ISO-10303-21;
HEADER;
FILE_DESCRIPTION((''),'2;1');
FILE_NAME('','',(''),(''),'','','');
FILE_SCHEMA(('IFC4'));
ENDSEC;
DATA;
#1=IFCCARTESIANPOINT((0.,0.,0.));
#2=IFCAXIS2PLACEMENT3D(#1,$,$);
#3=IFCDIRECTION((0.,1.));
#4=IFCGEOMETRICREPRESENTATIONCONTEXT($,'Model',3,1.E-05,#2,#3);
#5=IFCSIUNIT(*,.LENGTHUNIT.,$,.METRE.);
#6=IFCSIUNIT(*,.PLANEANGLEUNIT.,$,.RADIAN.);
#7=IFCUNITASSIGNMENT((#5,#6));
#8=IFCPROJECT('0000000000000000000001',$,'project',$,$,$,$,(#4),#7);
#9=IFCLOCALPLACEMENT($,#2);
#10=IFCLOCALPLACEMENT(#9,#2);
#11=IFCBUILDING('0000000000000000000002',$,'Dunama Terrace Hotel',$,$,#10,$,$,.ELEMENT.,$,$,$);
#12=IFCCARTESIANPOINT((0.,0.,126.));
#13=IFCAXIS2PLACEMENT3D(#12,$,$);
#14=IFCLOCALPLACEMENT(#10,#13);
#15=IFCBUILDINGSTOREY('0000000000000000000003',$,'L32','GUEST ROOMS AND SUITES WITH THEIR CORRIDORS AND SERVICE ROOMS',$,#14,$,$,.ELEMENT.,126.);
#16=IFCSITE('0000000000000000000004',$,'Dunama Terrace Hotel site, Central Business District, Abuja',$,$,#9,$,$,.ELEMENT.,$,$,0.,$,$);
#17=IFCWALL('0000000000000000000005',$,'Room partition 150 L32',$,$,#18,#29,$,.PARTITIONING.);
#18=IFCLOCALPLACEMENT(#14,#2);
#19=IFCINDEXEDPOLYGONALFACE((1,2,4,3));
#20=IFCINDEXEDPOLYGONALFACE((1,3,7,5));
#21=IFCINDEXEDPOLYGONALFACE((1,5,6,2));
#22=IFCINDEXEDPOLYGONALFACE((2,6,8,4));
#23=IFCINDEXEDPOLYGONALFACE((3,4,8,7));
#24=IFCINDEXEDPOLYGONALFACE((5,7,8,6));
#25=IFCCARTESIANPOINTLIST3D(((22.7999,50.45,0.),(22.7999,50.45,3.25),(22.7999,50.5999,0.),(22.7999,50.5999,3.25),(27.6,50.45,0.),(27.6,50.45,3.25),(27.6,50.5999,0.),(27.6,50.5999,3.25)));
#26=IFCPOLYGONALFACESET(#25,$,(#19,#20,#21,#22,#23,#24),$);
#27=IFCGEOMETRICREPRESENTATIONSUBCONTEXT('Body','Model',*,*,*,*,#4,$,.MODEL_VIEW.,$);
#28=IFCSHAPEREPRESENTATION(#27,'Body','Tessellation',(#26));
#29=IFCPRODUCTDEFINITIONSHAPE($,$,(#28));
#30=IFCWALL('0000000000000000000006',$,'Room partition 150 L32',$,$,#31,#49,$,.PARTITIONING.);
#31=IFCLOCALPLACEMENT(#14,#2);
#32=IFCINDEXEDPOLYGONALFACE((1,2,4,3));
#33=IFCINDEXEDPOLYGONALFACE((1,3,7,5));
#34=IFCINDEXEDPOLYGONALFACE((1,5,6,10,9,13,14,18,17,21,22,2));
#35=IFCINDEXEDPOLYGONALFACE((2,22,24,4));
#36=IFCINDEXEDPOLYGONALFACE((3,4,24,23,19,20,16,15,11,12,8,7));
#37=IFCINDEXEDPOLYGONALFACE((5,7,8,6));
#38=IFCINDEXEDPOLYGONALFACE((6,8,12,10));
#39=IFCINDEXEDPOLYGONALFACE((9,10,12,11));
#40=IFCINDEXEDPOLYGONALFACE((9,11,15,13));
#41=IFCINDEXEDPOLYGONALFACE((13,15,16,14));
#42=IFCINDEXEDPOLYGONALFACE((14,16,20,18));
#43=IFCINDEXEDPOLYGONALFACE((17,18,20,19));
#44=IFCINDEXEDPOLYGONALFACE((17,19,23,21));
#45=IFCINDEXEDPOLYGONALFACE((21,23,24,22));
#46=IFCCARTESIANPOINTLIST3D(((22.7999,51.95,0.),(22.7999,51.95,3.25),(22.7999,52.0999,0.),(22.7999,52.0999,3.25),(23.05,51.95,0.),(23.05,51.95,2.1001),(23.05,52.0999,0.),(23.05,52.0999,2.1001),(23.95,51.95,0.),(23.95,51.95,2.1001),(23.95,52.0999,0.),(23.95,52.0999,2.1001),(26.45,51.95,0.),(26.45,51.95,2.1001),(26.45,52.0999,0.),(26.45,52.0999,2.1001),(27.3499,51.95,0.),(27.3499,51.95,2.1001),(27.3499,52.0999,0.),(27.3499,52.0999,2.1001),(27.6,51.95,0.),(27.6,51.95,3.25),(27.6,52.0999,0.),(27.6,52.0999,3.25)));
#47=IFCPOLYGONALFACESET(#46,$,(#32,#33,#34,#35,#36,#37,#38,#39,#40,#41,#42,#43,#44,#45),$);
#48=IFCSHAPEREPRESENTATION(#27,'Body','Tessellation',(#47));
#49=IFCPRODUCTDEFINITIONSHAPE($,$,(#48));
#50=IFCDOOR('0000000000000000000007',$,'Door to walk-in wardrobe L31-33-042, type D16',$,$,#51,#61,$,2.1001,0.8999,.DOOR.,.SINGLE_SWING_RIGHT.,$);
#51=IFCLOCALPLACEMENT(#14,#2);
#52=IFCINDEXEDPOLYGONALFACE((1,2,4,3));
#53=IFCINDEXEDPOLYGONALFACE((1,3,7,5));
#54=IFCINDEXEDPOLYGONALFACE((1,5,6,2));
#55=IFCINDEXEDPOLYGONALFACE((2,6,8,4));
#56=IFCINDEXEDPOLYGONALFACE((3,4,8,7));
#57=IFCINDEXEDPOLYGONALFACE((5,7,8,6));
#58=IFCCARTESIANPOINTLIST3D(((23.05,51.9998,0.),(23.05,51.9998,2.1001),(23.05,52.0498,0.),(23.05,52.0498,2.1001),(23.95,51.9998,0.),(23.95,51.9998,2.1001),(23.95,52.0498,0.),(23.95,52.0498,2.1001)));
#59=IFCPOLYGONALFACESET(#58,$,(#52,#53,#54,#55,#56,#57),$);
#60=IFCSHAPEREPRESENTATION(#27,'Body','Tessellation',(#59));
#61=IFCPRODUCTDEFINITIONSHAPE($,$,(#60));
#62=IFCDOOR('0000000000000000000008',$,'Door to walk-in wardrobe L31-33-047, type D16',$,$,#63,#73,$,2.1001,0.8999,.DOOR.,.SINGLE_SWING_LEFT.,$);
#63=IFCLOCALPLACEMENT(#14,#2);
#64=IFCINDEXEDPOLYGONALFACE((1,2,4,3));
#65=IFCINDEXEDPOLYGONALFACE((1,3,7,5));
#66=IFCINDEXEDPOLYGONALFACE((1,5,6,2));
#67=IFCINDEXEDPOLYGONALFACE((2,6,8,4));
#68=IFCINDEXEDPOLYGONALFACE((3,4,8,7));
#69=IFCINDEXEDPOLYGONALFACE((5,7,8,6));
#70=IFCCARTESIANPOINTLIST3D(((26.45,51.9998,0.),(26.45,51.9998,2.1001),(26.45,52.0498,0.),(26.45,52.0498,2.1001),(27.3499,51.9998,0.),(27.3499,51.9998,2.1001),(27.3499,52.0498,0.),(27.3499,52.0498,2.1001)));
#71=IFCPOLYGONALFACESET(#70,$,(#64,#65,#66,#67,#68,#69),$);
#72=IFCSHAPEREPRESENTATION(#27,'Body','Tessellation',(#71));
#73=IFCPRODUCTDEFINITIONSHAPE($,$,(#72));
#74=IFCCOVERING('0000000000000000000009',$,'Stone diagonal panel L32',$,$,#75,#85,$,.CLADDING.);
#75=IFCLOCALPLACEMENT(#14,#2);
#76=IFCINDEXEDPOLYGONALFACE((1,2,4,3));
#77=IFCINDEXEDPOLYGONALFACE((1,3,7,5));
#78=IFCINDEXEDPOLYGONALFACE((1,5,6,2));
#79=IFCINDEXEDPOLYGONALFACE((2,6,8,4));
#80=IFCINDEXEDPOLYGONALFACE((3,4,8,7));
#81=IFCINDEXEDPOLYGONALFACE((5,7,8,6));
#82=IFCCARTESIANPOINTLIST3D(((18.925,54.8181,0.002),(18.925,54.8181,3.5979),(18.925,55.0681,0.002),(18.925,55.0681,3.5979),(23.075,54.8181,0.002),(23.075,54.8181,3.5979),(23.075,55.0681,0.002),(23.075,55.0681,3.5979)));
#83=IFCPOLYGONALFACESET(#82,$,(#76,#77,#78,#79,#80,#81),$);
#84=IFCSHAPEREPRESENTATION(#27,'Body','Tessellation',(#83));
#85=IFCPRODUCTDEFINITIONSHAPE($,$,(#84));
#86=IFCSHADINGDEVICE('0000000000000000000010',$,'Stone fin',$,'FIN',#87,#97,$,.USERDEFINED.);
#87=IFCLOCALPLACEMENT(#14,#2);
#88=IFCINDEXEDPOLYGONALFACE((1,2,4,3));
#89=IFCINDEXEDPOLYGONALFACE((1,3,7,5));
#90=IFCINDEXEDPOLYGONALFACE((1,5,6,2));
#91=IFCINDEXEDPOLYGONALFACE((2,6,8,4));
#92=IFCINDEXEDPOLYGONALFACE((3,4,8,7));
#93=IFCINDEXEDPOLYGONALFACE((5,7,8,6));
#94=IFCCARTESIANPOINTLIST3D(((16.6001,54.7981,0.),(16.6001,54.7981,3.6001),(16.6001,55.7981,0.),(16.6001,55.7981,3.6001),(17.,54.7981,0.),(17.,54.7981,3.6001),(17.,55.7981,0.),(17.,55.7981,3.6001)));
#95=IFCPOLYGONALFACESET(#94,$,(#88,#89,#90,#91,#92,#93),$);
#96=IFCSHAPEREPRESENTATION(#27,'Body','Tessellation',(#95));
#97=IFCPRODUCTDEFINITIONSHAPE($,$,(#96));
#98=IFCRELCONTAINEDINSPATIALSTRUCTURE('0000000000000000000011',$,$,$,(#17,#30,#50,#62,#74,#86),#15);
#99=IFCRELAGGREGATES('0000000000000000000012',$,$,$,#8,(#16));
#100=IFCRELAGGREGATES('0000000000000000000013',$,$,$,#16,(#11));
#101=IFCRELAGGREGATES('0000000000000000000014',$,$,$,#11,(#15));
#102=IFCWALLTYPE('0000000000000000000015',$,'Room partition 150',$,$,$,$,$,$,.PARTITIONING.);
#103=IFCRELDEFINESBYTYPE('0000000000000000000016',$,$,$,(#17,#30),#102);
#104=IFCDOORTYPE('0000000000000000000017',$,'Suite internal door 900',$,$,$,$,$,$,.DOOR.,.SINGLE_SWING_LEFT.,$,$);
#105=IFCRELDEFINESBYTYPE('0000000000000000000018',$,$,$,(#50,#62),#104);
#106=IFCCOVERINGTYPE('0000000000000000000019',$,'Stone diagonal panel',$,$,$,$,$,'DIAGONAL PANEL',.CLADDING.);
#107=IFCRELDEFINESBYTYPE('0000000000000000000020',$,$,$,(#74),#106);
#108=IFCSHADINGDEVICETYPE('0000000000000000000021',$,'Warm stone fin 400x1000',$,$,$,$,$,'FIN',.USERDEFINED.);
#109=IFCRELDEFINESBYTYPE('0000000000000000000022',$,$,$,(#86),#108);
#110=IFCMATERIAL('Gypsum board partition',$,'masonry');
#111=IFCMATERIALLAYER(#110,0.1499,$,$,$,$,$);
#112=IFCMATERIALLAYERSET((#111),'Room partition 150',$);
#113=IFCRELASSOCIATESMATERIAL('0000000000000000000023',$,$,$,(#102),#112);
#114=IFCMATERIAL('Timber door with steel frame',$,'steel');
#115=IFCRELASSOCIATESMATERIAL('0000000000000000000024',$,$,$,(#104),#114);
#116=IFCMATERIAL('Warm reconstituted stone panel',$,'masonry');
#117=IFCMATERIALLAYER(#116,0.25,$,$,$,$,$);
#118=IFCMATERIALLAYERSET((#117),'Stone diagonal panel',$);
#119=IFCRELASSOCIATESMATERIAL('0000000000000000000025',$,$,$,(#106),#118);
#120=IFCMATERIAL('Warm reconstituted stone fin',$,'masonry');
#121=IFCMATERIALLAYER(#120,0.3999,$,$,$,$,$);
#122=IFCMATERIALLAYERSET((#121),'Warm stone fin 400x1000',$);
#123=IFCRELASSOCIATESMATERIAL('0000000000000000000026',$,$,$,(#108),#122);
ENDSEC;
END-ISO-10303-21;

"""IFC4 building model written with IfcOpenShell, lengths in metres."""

from ifc_helpers import new_model, si_unit, direction, frame, frame_2d, origin, origin_2d, place, context, subcontext, project, spatial, rectangle, extrude, material, layer, layer_set, type_object, element, fill, save


model = new_model("IFC4")

# Units and contexts
model_context = context("Model", 3, precision=1e-05, world=origin(), true_north=direction((0.0, 1.0)))
body_context = subcontext(model_context, "Body", "Model", "MODEL_VIEW")
ifc_project = project(units=[si_unit("LENGTHUNIT", "METRE"), si_unit("PLANEANGLEUNIT", "RADIAN")], contexts=[model_context])

# Site, building, storey
site_placement = place(None, origin())
site = spatial("IfcSite", under=ifc_project, at=site_placement, Name="Dunama Terrace Hotel site, Central Business District, Abuja", CompositionType="ELEMENT", RefElevation=0.0)
building_placement = place(site_placement, origin())
building = spatial("IfcBuilding", under=site, at=building_placement, Name="Dunama Terrace Hotel", CompositionType="ELEMENT")
storey_placement = place(building_placement, frame((0.0, 0.0, 126.0)))
storey = spatial("IfcBuildingStorey", under=building, at=storey_placement, Name="L32", Description="GUEST ROOMS AND SUITES WITH THEIR CORRIDORS AND SERVICE ROOMS", CompositionType="ELEMENT", Elevation=126.0)

# Wall
ifc_material_1 = material(Name="Gypsum board partition", Category="masonry")
ifc_layer_1 = layer(ifc_material_1, 0.1499)
ifc_layer_set_1 = layer_set([ifc_layer_1], Name="Room partition 150")
wall_type_1 = type_object("IfcWallType", Name="Room partition 150", PredefinedType="PARTITIONING", material=ifc_layer_set_1)
wall_1_placement = place(storey_placement, frame((22.8, 50.5249, 0.0), z_axis=(0.0, 0.0, 1.0), x_axis=(1.0, 0.0, 0.0)))
element("IfcWall", 1, at=wall_1_placement, inside=storey, type_object=wall_type_1, Name="Room partition 150 L32", PredefinedType="PARTITIONING", context=body_context, shape_type="SweptSolid", body=[
    extrude(rectangle(XDim=4.8, YDim=0.1499, at=frame_2d((2.3999, 0.0))), origin(), (0.0, 0.0, 1.0), 3.25),
])

# Wall, openings, doors
wall_2_placement = place(storey_placement, frame((22.8, 52.0249, 0.0), z_axis=(0.0, 0.0, 1.0), x_axis=(1.0, 0.0, 0.0)))
wall_2 = element("IfcWall", 2, at=wall_2_placement, inside=storey, type_object=wall_type_1, Name="Room partition 150 L32", PredefinedType="PARTITIONING", context=body_context, shape_type="SweptSolid", body=[
    extrude(rectangle(XDim=4.8, YDim=0.1499, at=frame_2d((2.3999, 0.0))), origin(), (0.0, 0.0, 1.0), 3.25),
])
opening_1_placement = place(wall_2_placement, frame((0.25, 0.0, 0.0)))
opening_1 = element("IfcOpeningElement", 3, at=opening_1_placement, cuts=wall_2, PredefinedType="OPENING", context=body_context, shape_type="SweptSolid", body=[
    extrude(rectangle(XDim=0.8999, YDim=2.1001, at=frame_2d((0.45, 1.05))), frame((0.0, 0.085, 0.0), z_axis=(0.0, -1.0, 0.0), x_axis=(1.0, 0.0, 0.0)), (0.0, 0.0, 1.0), 0.1699),
])
opening_2_placement = place(wall_2_placement, frame((3.6499, 0.0, 0.0)))
opening_2 = element("IfcOpeningElement", 4, at=opening_2_placement, cuts=wall_2, PredefinedType="OPENING", context=body_context, shape_type="SweptSolid", body=[
    extrude(rectangle(XDim=0.8999, YDim=2.1001, at=frame_2d((0.45, 1.05))), frame((0.0, 0.085, 0.0), z_axis=(0.0, -1.0, 0.0), x_axis=(1.0, 0.0, 0.0)), (0.0, 0.0, 1.0), 0.1699),
])
ifc_material_2 = material(Name="Timber door with steel frame", Category="steel")
door_type_1 = type_object("IfcDoorType", Name="Suite internal door 900", OperationType="SINGLE_SWING_LEFT", PredefinedType="DOOR", material=ifc_material_2)
door_1_placement = place(opening_1_placement, frame((0.8999, 0.0, 0.0), z_axis=(0.0, 0.0, 1.0), x_axis=(-1.0, 0.0, 0.0)))
door_1 = element("IfcDoor", 5, at=door_1_placement, inside=storey, type_object=door_type_1, Name="Door to walk-in wardrobe L31-33-042, type D16", OperationType="SINGLE_SWING_RIGHT", OverallHeight=2.1001, OverallWidth=0.8999, PredefinedType="DOOR", context=body_context, shape_type="SweptSolid", body=[
    extrude(rectangle(XDim=0.8999, YDim=2.1001, at=frame_2d((0.45, 1.05))), frame((0.0, 0.0251, 0.0), z_axis=(0.0, -1.0, 0.0), x_axis=(1.0, 0.0, 0.0)), (0.0, 0.0, 1.0), 0.05),
])
fill(opening_1, door_1)
door_2_placement = place(opening_2_placement, frame((0.8999, 0.0, 0.0), z_axis=(0.0, 0.0, 1.0), x_axis=(-1.0, 0.0, 0.0)))
door_2 = element("IfcDoor", 6, at=door_2_placement, inside=storey, type_object=door_type_1, Name="Door to walk-in wardrobe L31-33-047, type D16", OperationType="SINGLE_SWING_LEFT", OverallHeight=2.1001, OverallWidth=0.8999, PredefinedType="DOOR", context=body_context, shape_type="SweptSolid", body=[
    extrude(rectangle(XDim=0.8999, YDim=2.1001, at=frame_2d((0.45, 1.05))), frame((0.0, 0.0251, 0.0), z_axis=(0.0, -1.0, 0.0), x_axis=(1.0, 0.0, 0.0)), (0.0, 0.0, 1.0), 0.05),
])
fill(opening_2, door_2)

# Covering
ifc_material_3 = material(Name="Warm reconstituted stone panel", Category="masonry")
ifc_layer_2 = layer(ifc_material_3, 0.25)
ifc_layer_set_2 = layer_set([ifc_layer_2], Name="Stone diagonal panel")
covering_type = type_object("IfcCoveringType", Name="Stone diagonal panel", ElementType="DIAGONAL PANEL", PredefinedType="CLADDING", material=ifc_layer_set_2)
covering_placement = place(storey_placement, frame((21.0, 54.9431, 0.002), z_axis=(0.0, 0.0, 1.0), x_axis=(-1.0, 0.0, 0.0)))
element("IfcCovering", 7, at=covering_placement, inside=storey, type_object=covering_type, Name="Stone diagonal panel L32", PredefinedType="CLADDING", context=body_context, shape_type="SweptSolid", body=[
    extrude(rectangle(XDim=4.1499, YDim=0.25, at=origin_2d()), origin(), (0.0, 0.0, 1.0), 3.5959),
])

# Shading device
ifc_material_4 = material(Name="Warm reconstituted stone fin", Category="masonry")
ifc_layer_3 = layer(ifc_material_4, 0.3999)
ifc_layer_set_3 = layer_set([ifc_layer_3], Name="Warm stone fin 400x1000")
shading_device_type = type_object("IfcShadingDeviceType", Name="Warm stone fin 400x1000", ElementType="FIN", PredefinedType="USERDEFINED", material=ifc_layer_set_3)
shading_device_placement = place(storey_placement, frame((16.8, 55.2981, 0.0), z_axis=(0.0, 0.0, 1.0), x_axis=(-1.0, 0.0, 0.0)))
element("IfcShadingDevice", 8, at=shading_device_placement, inside=storey, type_object=shading_device_type, Name="Stone fin", ObjectType="FIN", PredefinedType="USERDEFINED", context=body_context, shape_type="SweptSolid", body=[
    extrude(rectangle(XDim=0.3999, YDim=1.0, at=origin_2d()), origin(), (0.0, 0.0, 1.0), 3.6001),
])

save(model, "model.ifc")
